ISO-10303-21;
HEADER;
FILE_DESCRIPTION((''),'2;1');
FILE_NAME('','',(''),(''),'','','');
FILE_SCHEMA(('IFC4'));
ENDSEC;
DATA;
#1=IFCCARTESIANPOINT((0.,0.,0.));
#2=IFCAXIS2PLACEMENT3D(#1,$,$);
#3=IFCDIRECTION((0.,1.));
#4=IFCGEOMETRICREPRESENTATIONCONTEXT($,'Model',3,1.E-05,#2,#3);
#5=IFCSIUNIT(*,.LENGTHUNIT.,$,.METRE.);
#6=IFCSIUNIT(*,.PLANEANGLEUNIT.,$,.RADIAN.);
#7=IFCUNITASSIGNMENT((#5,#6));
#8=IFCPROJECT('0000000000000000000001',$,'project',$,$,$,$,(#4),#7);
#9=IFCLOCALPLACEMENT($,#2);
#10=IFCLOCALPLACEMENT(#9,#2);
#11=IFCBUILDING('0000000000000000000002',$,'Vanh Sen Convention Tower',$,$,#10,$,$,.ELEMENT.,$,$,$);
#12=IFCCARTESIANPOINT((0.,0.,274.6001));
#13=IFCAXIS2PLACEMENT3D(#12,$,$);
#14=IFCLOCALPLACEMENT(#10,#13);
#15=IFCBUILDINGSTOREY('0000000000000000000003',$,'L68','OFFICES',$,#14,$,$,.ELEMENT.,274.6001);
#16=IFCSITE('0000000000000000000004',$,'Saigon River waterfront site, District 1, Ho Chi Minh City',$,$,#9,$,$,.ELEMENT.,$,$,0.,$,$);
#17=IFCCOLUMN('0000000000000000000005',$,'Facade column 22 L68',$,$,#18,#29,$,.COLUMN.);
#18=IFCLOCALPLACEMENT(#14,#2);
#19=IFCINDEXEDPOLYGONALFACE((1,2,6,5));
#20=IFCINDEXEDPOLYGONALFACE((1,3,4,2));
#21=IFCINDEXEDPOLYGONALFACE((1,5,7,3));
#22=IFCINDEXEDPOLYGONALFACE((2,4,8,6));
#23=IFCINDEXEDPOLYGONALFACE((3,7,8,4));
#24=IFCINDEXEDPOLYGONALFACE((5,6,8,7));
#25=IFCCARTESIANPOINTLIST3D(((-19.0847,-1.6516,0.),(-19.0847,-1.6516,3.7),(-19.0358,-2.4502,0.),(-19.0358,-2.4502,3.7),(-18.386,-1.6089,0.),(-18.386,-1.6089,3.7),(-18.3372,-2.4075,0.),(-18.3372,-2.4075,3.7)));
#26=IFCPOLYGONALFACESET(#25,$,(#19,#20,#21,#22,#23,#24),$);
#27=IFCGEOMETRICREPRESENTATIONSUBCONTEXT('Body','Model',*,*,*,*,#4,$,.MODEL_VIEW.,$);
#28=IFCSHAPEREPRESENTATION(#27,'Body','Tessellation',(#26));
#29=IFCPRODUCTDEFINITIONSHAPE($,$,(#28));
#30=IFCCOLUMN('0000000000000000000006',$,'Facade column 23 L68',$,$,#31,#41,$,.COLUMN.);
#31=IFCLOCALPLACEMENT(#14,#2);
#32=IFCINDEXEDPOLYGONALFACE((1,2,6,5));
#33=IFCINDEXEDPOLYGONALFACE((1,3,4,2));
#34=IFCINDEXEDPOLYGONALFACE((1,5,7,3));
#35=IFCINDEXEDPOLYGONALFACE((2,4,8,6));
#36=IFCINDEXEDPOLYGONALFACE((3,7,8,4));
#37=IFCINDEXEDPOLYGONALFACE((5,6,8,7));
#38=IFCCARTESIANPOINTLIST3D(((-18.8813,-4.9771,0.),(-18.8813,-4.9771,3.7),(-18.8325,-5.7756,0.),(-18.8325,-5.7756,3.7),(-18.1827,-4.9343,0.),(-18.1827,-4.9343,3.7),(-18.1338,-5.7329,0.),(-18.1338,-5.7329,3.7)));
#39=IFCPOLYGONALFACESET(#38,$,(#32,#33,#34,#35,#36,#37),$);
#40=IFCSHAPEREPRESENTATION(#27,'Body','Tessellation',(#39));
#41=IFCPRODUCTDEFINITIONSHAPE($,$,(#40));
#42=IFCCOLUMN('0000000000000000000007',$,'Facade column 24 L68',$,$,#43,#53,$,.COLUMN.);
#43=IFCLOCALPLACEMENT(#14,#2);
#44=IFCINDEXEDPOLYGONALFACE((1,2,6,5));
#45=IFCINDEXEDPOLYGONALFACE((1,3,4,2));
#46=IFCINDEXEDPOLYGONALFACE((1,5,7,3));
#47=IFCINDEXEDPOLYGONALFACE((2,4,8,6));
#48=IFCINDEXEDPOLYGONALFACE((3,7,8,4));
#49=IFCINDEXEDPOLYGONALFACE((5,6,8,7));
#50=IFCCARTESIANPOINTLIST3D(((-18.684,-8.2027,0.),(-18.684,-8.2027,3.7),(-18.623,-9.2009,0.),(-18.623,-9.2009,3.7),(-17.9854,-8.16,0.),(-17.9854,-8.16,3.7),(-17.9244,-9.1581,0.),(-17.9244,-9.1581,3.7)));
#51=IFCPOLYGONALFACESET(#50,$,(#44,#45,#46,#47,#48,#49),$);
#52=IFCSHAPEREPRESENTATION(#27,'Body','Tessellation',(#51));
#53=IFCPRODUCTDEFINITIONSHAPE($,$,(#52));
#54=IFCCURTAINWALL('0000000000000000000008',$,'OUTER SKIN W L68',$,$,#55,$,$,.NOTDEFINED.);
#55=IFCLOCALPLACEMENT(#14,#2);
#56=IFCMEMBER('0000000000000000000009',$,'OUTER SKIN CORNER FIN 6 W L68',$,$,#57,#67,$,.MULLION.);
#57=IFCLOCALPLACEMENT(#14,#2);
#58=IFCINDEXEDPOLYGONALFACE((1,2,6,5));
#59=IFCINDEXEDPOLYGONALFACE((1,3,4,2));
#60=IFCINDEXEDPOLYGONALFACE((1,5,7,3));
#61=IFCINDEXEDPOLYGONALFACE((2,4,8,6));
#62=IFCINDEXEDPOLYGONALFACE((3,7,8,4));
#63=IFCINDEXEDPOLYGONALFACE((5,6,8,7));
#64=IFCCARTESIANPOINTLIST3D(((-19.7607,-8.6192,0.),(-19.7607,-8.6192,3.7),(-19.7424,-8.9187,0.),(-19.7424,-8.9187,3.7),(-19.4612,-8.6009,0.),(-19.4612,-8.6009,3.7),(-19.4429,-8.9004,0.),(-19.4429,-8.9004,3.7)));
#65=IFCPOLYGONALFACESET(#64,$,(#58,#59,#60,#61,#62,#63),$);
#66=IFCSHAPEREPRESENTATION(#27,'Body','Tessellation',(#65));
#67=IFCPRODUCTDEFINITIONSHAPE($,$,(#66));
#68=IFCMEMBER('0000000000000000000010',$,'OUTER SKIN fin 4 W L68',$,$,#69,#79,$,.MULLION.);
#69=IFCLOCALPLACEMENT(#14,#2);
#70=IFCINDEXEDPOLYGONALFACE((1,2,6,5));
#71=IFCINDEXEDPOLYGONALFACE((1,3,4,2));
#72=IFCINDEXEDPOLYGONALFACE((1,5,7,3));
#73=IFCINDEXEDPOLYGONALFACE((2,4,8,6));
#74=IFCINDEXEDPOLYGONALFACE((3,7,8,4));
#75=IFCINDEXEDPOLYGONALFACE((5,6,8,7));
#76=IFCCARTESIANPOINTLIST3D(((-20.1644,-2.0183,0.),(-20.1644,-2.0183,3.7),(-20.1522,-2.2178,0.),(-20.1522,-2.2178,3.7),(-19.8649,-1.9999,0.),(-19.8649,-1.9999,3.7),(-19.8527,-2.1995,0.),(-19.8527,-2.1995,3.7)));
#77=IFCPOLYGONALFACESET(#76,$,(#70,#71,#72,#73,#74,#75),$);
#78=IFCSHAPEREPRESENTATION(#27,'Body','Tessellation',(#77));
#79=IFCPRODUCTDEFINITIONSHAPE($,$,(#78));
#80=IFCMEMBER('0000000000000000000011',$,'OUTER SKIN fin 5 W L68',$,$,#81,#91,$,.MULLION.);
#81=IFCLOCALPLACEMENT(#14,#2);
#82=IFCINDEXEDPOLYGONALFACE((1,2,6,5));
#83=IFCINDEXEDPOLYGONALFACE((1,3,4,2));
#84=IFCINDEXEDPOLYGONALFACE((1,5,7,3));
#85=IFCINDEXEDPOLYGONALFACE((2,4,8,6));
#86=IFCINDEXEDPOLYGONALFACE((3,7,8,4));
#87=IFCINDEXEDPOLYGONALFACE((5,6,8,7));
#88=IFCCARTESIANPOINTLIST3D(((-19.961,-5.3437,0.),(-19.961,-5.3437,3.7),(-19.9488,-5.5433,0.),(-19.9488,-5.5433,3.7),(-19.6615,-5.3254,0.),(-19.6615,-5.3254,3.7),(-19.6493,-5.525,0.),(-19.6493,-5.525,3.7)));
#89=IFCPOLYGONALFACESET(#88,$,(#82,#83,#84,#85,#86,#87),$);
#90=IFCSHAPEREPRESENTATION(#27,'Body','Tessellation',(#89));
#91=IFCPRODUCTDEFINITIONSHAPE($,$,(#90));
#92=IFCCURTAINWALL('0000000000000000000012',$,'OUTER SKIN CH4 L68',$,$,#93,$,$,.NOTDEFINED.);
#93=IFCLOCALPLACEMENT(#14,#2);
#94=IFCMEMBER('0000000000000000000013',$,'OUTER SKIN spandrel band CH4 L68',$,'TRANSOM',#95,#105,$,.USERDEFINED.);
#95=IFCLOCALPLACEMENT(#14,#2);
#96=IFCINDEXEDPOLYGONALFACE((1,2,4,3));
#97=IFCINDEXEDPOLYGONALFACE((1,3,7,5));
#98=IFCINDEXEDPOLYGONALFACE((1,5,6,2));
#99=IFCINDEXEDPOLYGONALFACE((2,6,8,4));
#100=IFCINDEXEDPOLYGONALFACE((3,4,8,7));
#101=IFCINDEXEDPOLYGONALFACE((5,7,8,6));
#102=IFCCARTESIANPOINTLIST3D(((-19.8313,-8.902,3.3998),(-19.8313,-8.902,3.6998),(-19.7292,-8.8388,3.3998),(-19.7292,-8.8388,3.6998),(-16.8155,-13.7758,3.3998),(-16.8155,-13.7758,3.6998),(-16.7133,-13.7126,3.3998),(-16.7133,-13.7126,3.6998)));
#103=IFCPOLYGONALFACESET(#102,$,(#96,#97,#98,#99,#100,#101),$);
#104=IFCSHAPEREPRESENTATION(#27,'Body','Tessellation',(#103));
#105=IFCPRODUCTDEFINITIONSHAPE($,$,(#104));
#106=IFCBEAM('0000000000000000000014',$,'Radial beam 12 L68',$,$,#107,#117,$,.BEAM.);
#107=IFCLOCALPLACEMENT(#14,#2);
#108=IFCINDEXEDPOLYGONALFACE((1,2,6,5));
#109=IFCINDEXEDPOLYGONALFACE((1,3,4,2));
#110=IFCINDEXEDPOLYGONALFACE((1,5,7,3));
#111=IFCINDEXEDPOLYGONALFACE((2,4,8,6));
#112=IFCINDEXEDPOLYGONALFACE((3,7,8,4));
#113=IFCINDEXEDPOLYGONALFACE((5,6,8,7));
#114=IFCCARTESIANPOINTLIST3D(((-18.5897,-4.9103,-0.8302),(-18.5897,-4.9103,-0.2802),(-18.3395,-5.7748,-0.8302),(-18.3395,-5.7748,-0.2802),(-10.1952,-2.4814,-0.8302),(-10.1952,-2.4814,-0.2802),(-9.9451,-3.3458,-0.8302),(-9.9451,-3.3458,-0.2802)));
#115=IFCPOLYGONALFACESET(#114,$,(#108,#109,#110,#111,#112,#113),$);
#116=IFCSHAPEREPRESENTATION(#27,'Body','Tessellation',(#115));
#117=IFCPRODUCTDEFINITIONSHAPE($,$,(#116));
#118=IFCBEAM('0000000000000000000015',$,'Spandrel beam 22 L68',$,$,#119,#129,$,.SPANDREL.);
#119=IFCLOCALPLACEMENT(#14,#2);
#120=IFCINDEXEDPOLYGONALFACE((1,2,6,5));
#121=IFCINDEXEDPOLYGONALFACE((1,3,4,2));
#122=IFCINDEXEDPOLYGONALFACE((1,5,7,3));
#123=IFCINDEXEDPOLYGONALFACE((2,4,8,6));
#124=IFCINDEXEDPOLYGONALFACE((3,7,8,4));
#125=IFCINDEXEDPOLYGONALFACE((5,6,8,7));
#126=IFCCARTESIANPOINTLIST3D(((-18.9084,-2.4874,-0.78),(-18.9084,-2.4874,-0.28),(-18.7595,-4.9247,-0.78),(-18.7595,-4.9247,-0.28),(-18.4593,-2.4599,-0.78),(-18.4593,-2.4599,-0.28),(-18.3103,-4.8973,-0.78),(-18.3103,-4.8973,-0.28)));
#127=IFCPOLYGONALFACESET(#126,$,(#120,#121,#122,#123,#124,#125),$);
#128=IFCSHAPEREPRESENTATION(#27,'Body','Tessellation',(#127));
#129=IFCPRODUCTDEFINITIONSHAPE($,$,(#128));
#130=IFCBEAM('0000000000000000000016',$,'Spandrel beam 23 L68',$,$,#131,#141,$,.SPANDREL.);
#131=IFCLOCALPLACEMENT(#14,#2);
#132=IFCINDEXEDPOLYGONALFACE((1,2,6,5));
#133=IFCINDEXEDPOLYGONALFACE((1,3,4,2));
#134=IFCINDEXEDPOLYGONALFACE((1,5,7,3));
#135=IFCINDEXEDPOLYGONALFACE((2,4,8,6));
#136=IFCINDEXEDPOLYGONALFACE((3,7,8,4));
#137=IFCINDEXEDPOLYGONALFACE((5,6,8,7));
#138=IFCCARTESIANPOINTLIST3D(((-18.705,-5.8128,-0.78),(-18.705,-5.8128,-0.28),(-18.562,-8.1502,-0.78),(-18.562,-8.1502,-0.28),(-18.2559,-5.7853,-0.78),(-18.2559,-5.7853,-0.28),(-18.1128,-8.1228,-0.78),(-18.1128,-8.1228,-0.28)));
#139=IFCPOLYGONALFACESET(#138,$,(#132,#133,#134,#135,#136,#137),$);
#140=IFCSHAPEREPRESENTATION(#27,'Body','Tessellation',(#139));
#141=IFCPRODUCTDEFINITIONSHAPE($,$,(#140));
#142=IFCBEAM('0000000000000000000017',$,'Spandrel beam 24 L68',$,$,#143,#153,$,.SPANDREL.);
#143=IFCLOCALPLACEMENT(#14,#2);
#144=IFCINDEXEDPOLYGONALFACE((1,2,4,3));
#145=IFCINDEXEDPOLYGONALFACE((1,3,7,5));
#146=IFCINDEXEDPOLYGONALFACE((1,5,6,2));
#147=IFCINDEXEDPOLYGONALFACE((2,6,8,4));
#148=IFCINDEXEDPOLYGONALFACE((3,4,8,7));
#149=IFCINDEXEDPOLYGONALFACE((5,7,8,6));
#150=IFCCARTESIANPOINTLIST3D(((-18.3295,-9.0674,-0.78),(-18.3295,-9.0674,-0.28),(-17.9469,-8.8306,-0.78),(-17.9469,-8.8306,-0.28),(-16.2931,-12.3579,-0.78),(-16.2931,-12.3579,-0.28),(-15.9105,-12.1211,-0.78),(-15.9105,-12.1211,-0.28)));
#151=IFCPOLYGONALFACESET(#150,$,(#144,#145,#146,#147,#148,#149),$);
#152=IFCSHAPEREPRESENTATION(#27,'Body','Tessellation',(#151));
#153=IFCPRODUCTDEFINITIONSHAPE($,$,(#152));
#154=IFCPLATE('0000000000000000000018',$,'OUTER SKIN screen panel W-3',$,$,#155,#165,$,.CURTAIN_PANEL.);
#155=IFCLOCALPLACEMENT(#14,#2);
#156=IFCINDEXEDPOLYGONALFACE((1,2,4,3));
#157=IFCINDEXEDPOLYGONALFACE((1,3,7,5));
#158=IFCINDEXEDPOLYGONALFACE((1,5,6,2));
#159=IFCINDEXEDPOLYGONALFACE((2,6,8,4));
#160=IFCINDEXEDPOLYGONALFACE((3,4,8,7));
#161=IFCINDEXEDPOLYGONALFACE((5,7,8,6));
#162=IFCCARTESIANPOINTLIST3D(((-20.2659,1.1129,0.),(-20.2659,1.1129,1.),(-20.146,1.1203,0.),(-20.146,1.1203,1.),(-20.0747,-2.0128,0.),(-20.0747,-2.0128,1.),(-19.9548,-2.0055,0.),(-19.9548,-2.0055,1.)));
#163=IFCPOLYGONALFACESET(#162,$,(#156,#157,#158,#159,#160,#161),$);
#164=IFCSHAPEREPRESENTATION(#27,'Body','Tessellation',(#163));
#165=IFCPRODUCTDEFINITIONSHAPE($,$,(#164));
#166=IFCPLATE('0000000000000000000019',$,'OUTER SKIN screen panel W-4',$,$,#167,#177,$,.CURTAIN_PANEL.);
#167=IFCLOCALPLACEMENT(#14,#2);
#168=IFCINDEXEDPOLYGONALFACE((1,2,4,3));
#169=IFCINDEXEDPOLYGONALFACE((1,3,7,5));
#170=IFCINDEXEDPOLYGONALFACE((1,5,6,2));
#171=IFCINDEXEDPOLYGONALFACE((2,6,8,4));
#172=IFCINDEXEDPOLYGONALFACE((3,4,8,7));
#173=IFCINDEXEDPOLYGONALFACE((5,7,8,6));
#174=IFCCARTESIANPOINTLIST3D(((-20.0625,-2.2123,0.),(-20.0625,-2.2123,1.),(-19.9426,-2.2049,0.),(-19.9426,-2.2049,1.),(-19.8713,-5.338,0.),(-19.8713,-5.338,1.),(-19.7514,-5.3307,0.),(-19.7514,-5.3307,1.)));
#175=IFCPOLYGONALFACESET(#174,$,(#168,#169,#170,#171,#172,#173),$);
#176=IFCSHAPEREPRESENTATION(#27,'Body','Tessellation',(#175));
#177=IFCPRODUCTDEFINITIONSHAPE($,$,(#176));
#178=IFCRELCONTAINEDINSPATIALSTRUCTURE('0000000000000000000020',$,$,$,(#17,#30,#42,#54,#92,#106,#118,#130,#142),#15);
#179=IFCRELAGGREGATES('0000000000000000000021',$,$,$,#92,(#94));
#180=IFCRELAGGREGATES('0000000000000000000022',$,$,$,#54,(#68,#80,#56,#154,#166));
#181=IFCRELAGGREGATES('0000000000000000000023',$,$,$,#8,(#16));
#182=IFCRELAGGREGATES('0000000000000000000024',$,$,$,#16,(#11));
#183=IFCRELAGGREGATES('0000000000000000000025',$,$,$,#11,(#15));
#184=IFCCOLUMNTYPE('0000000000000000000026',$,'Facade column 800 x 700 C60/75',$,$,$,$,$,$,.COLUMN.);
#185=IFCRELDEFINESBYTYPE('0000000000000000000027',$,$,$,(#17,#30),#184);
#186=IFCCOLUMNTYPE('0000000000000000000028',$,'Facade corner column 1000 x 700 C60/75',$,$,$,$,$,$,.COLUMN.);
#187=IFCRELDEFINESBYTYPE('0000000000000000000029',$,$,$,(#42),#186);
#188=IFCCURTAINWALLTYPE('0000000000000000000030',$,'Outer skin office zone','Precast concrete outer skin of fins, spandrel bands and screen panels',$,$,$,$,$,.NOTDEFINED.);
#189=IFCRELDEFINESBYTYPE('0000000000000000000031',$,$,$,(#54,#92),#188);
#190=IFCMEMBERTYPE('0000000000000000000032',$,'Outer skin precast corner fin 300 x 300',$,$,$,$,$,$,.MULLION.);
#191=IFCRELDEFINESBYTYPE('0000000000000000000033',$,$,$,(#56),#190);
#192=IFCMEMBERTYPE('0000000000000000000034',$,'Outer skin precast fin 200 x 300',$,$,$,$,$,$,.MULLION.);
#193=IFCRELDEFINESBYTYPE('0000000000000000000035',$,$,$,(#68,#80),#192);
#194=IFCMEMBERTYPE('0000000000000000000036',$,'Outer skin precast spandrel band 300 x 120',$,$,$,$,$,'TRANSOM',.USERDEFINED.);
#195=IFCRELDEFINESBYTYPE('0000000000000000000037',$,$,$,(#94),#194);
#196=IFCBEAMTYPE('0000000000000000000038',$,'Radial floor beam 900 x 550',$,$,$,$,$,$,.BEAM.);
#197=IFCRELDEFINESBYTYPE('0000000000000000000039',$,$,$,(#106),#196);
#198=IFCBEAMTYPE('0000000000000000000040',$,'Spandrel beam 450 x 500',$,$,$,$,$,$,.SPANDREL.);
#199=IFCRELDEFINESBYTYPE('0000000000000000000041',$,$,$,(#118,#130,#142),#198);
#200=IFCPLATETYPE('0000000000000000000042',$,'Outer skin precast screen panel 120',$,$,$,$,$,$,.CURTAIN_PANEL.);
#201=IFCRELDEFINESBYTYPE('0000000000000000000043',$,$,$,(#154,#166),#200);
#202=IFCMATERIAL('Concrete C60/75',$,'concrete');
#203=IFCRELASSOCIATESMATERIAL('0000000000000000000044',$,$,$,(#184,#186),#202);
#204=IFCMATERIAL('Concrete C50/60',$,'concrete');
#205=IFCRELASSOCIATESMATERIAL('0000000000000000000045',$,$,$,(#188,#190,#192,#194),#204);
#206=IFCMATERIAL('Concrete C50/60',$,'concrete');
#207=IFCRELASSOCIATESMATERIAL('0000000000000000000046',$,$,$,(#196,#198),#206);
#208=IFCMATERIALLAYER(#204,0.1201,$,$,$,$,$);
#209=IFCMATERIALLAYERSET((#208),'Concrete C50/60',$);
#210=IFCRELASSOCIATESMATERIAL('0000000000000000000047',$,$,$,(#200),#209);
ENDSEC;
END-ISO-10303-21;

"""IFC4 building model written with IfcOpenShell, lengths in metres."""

from ifc_helpers import new_model, si_unit, direction, frame, origin, origin_2d, place, context, subcontext, project, spatial, rectangle, extrude, material, layer, layer_set, material_profile, profile_set, type_object, element, aggregate, save


model = new_model("IFC4")

# Units and contexts
model_context = context("Model", 3, precision=1e-05, world=origin(), true_north=direction((0.0, 1.0)))
body_context = subcontext(model_context, "Body", "Model", "MODEL_VIEW")
ifc_project = project(units=[si_unit("LENGTHUNIT", "METRE"), si_unit("PLANEANGLEUNIT", "RADIAN")], contexts=[model_context])

# Site, building, storey
site_placement = place(None, origin())
site = spatial("IfcSite", under=ifc_project, at=site_placement, Name="Saigon River waterfront site, District 1, Ho Chi Minh City", CompositionType="ELEMENT", RefElevation=0.0)
building_placement = place(site_placement, origin())
building = spatial("IfcBuilding", under=site, at=building_placement, Name="Vanh Sen Convention Tower", CompositionType="ELEMENT")
storey_placement = place(building_placement, frame((0.0, 0.0, 274.6001)))
storey = spatial("IfcBuildingStorey", under=building, at=storey_placement, Name="L68", Description="OFFICES", CompositionType="ELEMENT", Elevation=274.6001)

# Columns
ifc_material_1 = material(Name="Concrete C60/75", Category="concrete")
ifc_material_profile_1 = material_profile(ifc_material_1, rectangle(XDim=0.8, YDim=0.7, at=origin_2d()), Name="RC 800X700")
ifc_profile_set_1 = profile_set([ifc_material_profile_1], Name="Concrete C60/75")
column_type_1 = type_object("IfcColumnType", Name="Facade column 800 x 700 C60/75", PredefinedType="COLUMN", material=ifc_profile_set_1)
for number, where, z_axis, x_axis, name in (
    (1, (-18.7109, -2.0295, 0.0), (0.0, 0.0, 1.0), (0.061049, -0.998135, 0.0), "Facade column 22 L68"),
    (2, (-18.5076, -5.355, 0.0), (0.0, 0.0, 1.0), (0.061049, -0.998135, 0.0), "Facade column 23 L68"),
):
    element("IfcColumn", number, at=place(storey_placement, frame(where, z_axis=z_axis, x_axis=x_axis)), inside=storey, type_object=column_type_1, Name=name, PredefinedType="COLUMN", context=body_context, shape_type="SweptSolid", body=[
        extrude(rectangle(XDim=0.8, YDim=0.7, at=origin_2d()), origin(), (0.0, 0.0, 1.0), 3.7),
    ])
ifc_material_profile_2 = material_profile(ifc_material_1, rectangle(XDim=1.0, YDim=0.7, at=origin_2d()), Name="RC 1000X700")
ifc_profile_set_2 = profile_set([ifc_material_profile_2], Name="Concrete C60/75")
column_type_2 = type_object("IfcColumnType", Name="Facade corner column 1000 x 700 C60/75", PredefinedType="COLUMN", material=ifc_profile_set_2)
column_placement = place(storey_placement, frame((-18.3042, -8.6804, 0.0), z_axis=(0.0, 0.0, 1.0), x_axis=(0.061049, -0.998135, 0.0)))
element("IfcColumn", 3, at=column_placement, inside=storey, type_object=column_type_2, Name="Facade column 24 L68", PredefinedType="COLUMN", context=body_context, shape_type="SweptSolid", body=[
    extrude(rectangle(XDim=1.0, YDim=0.7, at=origin_2d()), origin(), (0.0, 0.0, 1.0), 3.7),
])

# Curtain wall, members
ifc_material_2 = material(Name="Concrete C50/60", Category="concrete")
curtain_wall_type = type_object("IfcCurtainWallType", Name="Outer skin office zone", Description="Precast concrete outer skin of fins, spandrel bands and screen panels", PredefinedType="NOTDEFINED", material=ifc_material_2)
curtain_wall_1_placement = place(storey_placement, origin())
curtain_wall_1 = element("IfcCurtainWall", 4, at=curtain_wall_1_placement, inside=storey, type_object=curtain_wall_type, Name="OUTER SKIN W L68", PredefinedType="NOTDEFINED")
ifc_material_profile_3 = material_profile(ifc_material_2, rectangle(XDim=0.3, YDim=0.3, at=origin_2d()), Name="Outer skin precast corner fin 300 x 300")
ifc_profile_set_3 = profile_set([ifc_material_profile_3], Name="Concrete C50/60")
member_type_1 = type_object("IfcMemberType", Name="Outer skin precast corner fin 300 x 300", PredefinedType="MULLION", material=ifc_profile_set_3)
member_1_placement = place(storey_placement, frame((-19.6018, -8.7598, 0.0), z_axis=(0.0, 0.0, 1.0), x_axis=(0.061049, -0.998135, 0.0)))
member_1 = element("IfcMember", 5, at=member_1_placement, type_object=member_type_1, Name="OUTER SKIN CORNER FIN 6 W L68", PredefinedType="MULLION", context=body_context, shape_type="SweptSolid", body=[
    extrude(rectangle(XDim=0.3, YDim=0.3, at=origin_2d()), origin(), (0.0, 0.0, 1.0), 3.7),
])
ifc_material_profile_4 = material_profile(ifc_material_2, rectangle(XDim=0.2, YDim=0.3, at=origin_2d()), Name="Outer skin precast fin 200 x 300")
ifc_profile_set_4 = profile_set([ifc_material_profile_4], Name="Concrete C50/60")
member_type_2 = type_object("IfcMemberType", Name="Outer skin precast fin 200 x 300", PredefinedType="MULLION", material=ifc_profile_set_4)
member_2_placement = place(storey_placement, frame((-20.0085, -2.1089, 0.0), z_axis=(0.0, 0.0, 1.0), x_axis=(0.061049, -0.998135, 0.0)))
member_2 = element("IfcMember", 6, at=member_2_placement, type_object=member_type_2, Name="OUTER SKIN fin 4 W L68", PredefinedType="MULLION", context=body_context, shape_type="SweptSolid", body=[
    extrude(rectangle(XDim=0.2, YDim=0.3, at=origin_2d()), origin(), (0.0, 0.0, 1.0), 3.7),
])
member_3_placement = place(storey_placement, frame((-19.8052, -5.4343, 0.0), z_axis=(0.0, 0.0, 1.0), x_axis=(0.061049, -0.998135, 0.0)))
member_3 = element("IfcMember", 7, at=member_3_placement, type_object=member_type_2, Name="OUTER SKIN fin 5 W L68", PredefinedType="MULLION", context=body_context, shape_type="SweptSolid", body=[
    extrude(rectangle(XDim=0.2, YDim=0.3, at=origin_2d()), origin(), (0.0, 0.0, 1.0), 3.7),
])

# Curtain wall, member
curtain_wall_2_placement = place(storey_placement, origin())
curtain_wall_2 = element("IfcCurtainWall", 8, at=curtain_wall_2_placement, inside=storey, type_object=curtain_wall_type, Name="OUTER SKIN CH4 L68", PredefinedType="NOTDEFINED")
ifc_material_profile_5 = material_profile(ifc_material_2, rectangle(XDim=0.1201, YDim=0.3, at=origin_2d()), Name="Outer skin precast spandrel band 300 x 120")
ifc_profile_set_5 = profile_set([ifc_material_profile_5], Name="Concrete C50/60")
member_type_3 = type_object("IfcMemberType", Name="Outer skin precast spandrel band 300 x 120", ElementType="TRANSOM", PredefinedType="USERDEFINED", material=ifc_profile_set_5)
member_4_placement = place(storey_placement, frame((-19.7803, -8.8704, 3.5498), z_axis=(0.526199, -0.850361, 0.0), x_axis=(0.850361, 0.526199, 0.0)))
member_4 = element("IfcMember", 9, at=member_4_placement, type_object=member_type_3, Name="OUTER SKIN spandrel band CH4 L68", ObjectType="TRANSOM", PredefinedType="USERDEFINED", context=body_context, shape_type="SweptSolid", body=[
    extrude(rectangle(XDim=0.1201, YDim=0.3, at=origin_2d()), origin(), (0.0, 0.0, 1.0), 5.7314),
])
aggregate(curtain_wall_2, [member_4])

# Beams
ifc_material_3 = material(Name="Concrete C50/60", Category="concrete")
ifc_material_profile_6 = material_profile(ifc_material_3, rectangle(XDim=0.8999, YDim=0.55, at=origin_2d()), Name="RC 900X550")
ifc_profile_set_6 = profile_set([ifc_material_profile_6], Name="Concrete C50/60")
beam_type_1 = type_object("IfcBeamType", Name="Radial floor beam 900 x 550", PredefinedType="BEAM", material=ifc_profile_set_6)
beam_1_placement = place(storey_placement, frame((-18.4646, -5.3425, -0.5552), z_axis=(0.960596, 0.277948, 0.0), x_axis=(-0.277948, 0.960596, 0.0)))
element("IfcBeam", 10, at=beam_1_placement, inside=storey, type_object=beam_type_1, Name="Radial beam 12 L68", PredefinedType="BEAM", context=body_context, shape_type="SweptSolid", body=[
    extrude(rectangle(XDim=0.8999, YDim=0.55, at=origin_2d()), origin(), (0.0, 0.0, 1.0), 8.7388),
])
ifc_material_profile_7 = material_profile(ifc_material_3, rectangle(XDim=0.45, YDim=0.5, at=origin_2d()), Name="RC 450X500")
ifc_profile_set_7 = profile_set([ifc_material_profile_7], Name="Concrete C50/60")
beam_type_2 = type_object("IfcBeamType", Name="Spandrel beam 450 x 500", PredefinedType="SPANDREL", material=ifc_profile_set_7)
beam_2_placement = place(storey_placement, frame((-18.6838, -2.4736, -0.53), z_axis=(0.06099, -0.998138, 0.0), x_axis=(0.998138, 0.06099, 0.0)))
element("IfcBeam", 11, at=beam_2_placement, inside=storey, type_object=beam_type_2, Name="Spandrel beam 22 L68", PredefinedType="SPANDREL", context=body_context, shape_type="SweptSolid", body=[
    extrude(rectangle(XDim=0.45, YDim=0.5, at=origin_2d()), origin(), (0.0, 0.0, 1.0), 2.4419),
])
beam_3_placement = place(storey_placement, frame((-18.4805, -5.7991, -0.53), z_axis=(0.061093, -0.998132, 0.0), x_axis=(0.998132, 0.061093, 0.0)))
element("IfcBeam", 12, at=beam_3_placement, inside=storey, type_object=beam_type_2, Name="Spandrel beam 23 L68", PredefinedType="SPANDREL", context=body_context, shape_type="SweptSolid", body=[
    extrude(rectangle(XDim=0.45, YDim=0.5, at=origin_2d()), origin(), (0.0, 0.0, 1.0), 2.3418),
])
beam_4_placement = place(storey_placement, frame((-18.1382, -8.949, -0.53), z_axis=(0.526239, -0.850336, 0.0), x_axis=(0.850336, 0.526239, 0.0)))
element("IfcBeam", 13, at=beam_4_placement, inside=storey, type_object=beam_type_2, Name="Spandrel beam 24 L68", PredefinedType="SPANDREL", context=body_context, shape_type="SweptSolid", body=[
    extrude(rectangle(XDim=0.45, YDim=0.5, at=origin_2d()), origin(), (0.0, 0.0, 1.0), 3.8696),
])

# Plates
ifc_layer_1 = layer(ifc_material_2, 0.1201)
ifc_layer_set_1 = layer_set([ifc_layer_1], Name="Concrete C50/60")
plate_type = type_object("IfcPlateType", Name="Outer skin precast screen panel 120", PredefinedType="CURTAIN_PANEL", material=ifc_layer_set_1)
plate_1_placement = place(storey_placement, frame((-20.1104, -0.4463, 0.0), z_axis=(0.0, 0.0, 1.0), x_axis=(0.061052, -0.998135, 0.0)))
plate_1 = element("IfcPlate", 14, at=plate_1_placement, type_object=plate_type, Name="OUTER SKIN screen panel W-3", PredefinedType="CURTAIN_PANEL", context=body_context, shape_type="SweptSolid", body=[
    extrude(rectangle(XDim=3.1316, YDim=0.1201, at=origin_2d()), origin(), (0.0, 0.0, 1.0), 1.0),
])
plate_2_placement = place(storey_placement, frame((-19.907, -3.7715, 0.0), z_axis=(0.0, 0.0, 1.0), x_axis=(0.061052, -0.998135, 0.0)))
plate_2 = element("IfcPlate", 15, at=plate_2_placement, type_object=plate_type, Name="OUTER SKIN screen panel W-4", PredefinedType="CURTAIN_PANEL", context=body_context, shape_type="SweptSolid", body=[
    extrude(rectangle(XDim=3.1316, YDim=0.1201, at=origin_2d()), origin(), (0.0, 0.0, 1.0), 1.0),
])
aggregate(curtain_wall_1, [member_2, member_3, member_1, plate_1, plate_2])

save(model, "model.ifc")
